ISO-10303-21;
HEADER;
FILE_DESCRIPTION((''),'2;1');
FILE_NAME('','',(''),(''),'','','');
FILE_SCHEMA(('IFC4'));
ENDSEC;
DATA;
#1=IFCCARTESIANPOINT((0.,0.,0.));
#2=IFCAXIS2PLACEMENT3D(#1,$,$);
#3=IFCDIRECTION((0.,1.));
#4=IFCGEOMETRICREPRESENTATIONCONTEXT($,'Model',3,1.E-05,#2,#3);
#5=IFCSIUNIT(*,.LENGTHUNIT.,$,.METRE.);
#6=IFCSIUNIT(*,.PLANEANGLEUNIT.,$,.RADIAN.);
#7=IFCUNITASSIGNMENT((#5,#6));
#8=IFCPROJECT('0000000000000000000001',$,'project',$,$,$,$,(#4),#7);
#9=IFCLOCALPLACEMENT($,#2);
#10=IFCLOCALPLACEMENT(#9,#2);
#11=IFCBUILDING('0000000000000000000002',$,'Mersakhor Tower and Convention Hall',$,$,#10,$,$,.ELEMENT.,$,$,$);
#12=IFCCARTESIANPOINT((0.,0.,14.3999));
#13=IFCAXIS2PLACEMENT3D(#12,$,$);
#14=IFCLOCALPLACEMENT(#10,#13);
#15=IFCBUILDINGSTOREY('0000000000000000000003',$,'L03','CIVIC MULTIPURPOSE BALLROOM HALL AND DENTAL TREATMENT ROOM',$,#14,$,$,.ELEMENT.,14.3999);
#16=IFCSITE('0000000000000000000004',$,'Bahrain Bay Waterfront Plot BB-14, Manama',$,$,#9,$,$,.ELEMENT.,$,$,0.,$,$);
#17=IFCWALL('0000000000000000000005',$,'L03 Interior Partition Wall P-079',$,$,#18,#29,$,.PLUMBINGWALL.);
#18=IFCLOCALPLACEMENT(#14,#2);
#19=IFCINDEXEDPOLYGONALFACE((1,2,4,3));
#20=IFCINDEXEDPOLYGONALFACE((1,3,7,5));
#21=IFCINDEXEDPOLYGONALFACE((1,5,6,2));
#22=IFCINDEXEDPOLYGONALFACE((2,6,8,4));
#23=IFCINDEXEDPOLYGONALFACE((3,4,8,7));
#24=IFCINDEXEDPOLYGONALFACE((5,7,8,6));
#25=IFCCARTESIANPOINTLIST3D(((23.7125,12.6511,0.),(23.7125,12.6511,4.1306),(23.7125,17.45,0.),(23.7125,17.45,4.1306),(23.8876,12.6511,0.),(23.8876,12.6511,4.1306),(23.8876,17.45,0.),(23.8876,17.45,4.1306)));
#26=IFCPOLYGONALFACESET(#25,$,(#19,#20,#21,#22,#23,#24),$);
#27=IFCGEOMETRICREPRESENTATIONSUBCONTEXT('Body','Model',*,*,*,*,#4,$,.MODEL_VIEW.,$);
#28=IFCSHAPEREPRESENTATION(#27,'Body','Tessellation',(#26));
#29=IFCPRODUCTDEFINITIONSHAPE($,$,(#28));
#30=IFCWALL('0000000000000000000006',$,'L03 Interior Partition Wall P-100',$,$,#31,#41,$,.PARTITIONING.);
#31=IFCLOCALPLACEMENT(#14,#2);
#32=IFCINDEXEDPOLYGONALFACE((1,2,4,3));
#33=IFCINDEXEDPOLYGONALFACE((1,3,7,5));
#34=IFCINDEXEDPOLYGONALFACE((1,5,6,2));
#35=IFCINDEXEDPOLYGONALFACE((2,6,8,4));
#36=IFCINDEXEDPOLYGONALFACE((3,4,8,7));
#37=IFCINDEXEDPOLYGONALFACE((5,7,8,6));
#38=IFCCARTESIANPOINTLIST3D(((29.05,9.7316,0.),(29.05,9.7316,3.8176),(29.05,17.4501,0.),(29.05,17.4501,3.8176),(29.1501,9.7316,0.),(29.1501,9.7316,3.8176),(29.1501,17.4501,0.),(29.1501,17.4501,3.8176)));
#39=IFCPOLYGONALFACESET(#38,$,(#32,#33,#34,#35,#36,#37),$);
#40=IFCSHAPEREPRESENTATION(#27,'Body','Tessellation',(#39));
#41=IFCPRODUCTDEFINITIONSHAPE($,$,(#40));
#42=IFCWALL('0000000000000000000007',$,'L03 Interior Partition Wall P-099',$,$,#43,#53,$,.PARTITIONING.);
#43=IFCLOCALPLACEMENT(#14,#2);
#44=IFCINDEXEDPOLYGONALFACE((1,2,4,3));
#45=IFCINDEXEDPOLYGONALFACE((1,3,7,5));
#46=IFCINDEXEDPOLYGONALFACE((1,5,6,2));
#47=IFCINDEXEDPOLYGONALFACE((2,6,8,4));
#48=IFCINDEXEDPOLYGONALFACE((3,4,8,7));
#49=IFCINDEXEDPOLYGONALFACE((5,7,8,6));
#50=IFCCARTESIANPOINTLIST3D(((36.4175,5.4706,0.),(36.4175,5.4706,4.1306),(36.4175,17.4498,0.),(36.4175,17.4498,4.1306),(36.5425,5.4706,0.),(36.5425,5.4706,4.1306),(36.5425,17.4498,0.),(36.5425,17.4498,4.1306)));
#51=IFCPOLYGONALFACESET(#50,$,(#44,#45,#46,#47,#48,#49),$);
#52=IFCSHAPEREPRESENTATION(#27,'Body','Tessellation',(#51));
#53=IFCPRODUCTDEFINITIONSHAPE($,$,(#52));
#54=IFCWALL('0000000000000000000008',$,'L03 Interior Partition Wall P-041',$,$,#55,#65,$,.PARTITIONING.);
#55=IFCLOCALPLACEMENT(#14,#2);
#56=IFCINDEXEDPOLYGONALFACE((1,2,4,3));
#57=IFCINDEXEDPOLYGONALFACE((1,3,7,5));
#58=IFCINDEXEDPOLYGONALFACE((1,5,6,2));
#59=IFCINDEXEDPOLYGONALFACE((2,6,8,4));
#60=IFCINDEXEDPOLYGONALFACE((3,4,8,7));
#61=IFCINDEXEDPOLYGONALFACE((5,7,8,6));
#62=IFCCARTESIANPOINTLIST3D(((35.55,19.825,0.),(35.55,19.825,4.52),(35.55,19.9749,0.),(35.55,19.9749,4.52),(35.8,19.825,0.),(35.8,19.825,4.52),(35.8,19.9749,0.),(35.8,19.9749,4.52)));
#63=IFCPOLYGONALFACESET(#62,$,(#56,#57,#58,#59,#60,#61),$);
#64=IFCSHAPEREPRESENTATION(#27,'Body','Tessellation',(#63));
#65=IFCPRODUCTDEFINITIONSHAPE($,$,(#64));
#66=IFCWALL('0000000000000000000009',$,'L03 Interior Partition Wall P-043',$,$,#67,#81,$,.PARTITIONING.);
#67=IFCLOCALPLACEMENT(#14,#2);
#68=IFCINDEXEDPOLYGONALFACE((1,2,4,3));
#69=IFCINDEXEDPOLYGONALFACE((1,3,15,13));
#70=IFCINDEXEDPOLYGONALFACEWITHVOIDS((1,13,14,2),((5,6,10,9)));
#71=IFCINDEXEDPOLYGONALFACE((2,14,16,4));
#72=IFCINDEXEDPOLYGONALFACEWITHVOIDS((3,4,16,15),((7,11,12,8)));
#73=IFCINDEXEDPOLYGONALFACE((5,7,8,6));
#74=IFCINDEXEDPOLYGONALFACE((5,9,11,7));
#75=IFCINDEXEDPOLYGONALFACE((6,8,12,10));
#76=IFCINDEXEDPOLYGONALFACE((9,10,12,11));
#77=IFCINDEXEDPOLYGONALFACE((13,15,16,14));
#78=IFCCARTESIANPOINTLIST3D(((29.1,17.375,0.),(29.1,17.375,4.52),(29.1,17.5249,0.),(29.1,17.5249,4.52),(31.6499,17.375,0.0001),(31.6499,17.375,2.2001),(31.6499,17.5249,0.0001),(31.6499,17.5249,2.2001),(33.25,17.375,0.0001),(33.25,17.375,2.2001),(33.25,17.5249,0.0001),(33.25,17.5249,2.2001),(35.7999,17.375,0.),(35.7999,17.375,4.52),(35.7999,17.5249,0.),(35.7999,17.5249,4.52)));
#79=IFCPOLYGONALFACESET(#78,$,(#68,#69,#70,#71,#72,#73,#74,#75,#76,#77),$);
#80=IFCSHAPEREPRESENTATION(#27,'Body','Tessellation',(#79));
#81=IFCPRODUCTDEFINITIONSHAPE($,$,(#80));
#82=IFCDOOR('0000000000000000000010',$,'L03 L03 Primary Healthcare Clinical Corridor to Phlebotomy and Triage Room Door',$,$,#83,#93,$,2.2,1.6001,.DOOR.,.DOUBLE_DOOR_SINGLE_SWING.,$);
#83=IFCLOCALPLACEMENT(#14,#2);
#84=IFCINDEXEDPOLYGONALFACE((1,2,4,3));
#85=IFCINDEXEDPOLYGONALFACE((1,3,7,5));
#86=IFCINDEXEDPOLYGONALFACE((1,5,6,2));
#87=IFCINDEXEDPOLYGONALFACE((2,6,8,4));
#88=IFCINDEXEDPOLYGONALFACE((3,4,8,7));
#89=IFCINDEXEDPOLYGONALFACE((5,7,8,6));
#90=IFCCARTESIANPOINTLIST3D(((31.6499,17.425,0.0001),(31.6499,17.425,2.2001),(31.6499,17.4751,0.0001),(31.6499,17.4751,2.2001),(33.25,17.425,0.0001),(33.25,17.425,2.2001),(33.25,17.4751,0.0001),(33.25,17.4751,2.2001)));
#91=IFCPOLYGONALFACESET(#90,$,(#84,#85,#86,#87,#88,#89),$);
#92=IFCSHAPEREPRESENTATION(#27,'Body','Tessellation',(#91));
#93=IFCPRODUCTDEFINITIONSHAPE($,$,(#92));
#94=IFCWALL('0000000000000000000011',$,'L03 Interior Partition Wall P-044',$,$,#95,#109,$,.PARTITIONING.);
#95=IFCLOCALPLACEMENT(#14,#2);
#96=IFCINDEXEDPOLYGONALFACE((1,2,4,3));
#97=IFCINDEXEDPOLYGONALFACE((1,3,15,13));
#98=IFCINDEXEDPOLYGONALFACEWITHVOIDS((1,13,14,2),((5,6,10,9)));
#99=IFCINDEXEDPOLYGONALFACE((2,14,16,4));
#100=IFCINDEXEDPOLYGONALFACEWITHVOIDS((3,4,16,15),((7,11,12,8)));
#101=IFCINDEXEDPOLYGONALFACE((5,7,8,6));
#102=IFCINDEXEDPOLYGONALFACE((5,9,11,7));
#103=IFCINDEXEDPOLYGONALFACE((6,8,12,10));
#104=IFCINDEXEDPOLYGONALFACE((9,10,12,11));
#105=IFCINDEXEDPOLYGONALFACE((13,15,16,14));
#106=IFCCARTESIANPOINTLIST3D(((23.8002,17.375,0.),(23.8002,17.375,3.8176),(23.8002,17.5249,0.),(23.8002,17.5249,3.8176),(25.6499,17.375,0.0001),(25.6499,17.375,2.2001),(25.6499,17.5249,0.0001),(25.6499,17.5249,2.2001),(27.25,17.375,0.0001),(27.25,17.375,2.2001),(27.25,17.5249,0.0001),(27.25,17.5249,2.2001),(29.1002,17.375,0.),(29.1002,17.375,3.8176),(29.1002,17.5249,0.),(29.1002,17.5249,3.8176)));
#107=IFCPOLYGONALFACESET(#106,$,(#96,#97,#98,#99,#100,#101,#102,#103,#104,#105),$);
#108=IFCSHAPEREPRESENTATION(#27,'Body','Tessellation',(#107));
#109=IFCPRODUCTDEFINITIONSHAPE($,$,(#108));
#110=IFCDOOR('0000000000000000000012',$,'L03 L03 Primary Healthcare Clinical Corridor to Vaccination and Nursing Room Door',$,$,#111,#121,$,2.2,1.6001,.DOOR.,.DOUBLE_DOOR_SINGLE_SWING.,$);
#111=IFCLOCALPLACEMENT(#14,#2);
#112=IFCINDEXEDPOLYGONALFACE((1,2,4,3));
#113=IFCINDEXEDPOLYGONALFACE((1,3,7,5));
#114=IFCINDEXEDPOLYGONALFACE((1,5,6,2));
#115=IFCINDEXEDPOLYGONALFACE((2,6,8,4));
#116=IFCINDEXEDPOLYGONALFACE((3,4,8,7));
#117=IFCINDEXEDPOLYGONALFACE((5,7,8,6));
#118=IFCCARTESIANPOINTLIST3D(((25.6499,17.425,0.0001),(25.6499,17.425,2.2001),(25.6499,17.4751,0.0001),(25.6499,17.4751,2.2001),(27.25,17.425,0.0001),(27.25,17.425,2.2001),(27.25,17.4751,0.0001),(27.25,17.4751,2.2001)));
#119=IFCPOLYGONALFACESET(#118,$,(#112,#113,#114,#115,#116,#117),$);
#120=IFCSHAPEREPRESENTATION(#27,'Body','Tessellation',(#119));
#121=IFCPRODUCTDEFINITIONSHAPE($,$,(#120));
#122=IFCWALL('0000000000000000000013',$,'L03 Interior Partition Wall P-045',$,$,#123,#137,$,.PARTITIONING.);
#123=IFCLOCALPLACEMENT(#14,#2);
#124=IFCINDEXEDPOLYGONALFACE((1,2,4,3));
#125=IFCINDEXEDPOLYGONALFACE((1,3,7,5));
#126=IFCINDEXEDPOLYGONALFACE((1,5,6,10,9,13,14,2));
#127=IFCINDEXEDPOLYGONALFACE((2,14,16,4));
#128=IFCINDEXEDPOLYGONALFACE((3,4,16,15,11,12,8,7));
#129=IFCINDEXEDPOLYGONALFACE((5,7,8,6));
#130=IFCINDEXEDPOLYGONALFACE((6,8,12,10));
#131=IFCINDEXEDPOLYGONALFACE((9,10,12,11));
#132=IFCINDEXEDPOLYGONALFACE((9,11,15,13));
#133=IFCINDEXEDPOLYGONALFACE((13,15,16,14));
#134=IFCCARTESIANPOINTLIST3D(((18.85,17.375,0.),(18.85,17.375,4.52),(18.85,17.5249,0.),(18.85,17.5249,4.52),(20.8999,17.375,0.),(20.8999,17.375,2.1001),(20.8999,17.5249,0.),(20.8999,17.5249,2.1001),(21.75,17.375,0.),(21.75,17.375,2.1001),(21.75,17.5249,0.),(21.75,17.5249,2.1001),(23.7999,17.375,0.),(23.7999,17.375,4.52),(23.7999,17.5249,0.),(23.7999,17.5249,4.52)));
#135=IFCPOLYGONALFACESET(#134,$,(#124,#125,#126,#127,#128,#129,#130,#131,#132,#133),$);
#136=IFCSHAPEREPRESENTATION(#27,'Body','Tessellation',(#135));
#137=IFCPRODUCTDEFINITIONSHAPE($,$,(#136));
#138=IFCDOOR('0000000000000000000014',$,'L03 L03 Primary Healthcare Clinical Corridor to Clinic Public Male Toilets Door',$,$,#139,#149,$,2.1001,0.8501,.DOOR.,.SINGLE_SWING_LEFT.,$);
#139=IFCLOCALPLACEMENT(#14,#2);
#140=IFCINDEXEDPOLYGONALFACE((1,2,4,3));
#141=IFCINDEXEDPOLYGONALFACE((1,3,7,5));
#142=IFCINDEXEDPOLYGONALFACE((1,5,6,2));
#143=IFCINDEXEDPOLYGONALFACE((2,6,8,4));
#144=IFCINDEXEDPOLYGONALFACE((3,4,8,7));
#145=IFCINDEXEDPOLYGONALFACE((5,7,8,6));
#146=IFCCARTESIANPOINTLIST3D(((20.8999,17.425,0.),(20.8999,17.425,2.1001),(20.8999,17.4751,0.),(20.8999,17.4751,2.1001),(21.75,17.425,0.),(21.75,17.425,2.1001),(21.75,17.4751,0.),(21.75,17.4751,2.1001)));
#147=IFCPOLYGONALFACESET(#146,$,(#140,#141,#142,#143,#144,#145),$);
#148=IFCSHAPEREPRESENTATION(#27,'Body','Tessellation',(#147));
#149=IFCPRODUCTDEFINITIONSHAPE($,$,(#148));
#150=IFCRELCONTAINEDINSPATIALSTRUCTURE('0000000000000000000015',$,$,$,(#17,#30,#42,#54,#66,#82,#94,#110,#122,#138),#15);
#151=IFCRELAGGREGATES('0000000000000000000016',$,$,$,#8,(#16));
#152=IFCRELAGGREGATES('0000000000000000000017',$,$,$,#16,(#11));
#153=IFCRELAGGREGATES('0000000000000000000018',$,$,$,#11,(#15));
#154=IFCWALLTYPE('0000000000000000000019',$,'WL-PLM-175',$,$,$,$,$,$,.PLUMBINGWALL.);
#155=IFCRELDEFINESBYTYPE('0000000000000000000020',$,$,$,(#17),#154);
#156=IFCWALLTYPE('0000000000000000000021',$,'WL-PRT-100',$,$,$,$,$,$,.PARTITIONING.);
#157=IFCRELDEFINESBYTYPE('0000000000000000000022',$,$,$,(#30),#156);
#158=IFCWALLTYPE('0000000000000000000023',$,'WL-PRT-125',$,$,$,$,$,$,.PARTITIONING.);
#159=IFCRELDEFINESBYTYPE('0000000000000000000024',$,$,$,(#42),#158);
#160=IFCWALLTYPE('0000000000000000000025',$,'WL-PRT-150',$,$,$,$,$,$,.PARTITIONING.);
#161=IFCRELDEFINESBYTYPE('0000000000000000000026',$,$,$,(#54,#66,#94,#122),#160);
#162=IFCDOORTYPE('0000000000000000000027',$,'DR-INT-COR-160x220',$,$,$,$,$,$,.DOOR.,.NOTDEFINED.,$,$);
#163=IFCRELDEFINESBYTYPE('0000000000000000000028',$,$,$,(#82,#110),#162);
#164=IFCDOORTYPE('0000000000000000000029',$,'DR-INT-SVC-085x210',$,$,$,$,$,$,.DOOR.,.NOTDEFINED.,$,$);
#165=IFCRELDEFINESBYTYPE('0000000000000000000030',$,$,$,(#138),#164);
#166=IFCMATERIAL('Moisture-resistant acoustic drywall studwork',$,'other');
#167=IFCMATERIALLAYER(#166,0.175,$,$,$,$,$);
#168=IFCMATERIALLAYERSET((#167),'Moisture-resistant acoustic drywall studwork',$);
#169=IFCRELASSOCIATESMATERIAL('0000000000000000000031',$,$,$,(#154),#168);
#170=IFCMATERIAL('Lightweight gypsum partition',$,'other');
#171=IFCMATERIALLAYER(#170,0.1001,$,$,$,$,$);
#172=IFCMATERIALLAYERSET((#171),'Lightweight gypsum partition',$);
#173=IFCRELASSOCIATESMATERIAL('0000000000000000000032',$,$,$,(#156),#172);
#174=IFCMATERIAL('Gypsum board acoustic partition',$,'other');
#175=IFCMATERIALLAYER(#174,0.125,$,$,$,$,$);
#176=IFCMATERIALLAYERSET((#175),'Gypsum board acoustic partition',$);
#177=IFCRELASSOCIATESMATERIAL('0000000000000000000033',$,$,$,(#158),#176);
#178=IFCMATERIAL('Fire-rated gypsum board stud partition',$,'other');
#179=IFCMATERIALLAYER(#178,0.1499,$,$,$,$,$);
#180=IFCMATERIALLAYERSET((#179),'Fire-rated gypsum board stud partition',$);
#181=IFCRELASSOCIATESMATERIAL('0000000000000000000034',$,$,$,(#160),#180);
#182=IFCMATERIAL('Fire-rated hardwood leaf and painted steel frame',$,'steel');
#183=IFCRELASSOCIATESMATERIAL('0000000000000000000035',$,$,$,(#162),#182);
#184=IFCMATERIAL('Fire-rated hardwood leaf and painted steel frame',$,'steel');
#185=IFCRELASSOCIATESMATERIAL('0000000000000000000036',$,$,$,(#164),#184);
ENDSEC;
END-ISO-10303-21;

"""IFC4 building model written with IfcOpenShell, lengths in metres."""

from ifc_helpers import new_model, si_unit, direction, frame, frame_2d, origin, place, context, subcontext, project, spatial, rectangle, extrude, material, layer, layer_set, type_object, element, fill, save


model = new_model("IFC4")

# Units and contexts
model_context = context("Model", 3, precision=1e-05, world=origin(), true_north=direction((0.0, 1.0)))
body_context = subcontext(model_context, "Body", "Model", "MODEL_VIEW")
ifc_project = project(units=[si_unit("LENGTHUNIT", "METRE"), si_unit("PLANEANGLEUNIT", "RADIAN")], contexts=[model_context])

# Site, building, storey
site_placement = place(None, origin())
site = spatial("IfcSite", under=ifc_project, at=site_placement, Name="Bahrain Bay Waterfront Plot BB-14, Manama", CompositionType="ELEMENT", RefElevation=0.0)
building_placement = place(site_placement, origin())
building = spatial("IfcBuilding", under=site, at=building_placement, Name="Mersakhor Tower and Convention Hall", CompositionType="ELEMENT")
storey_placement = place(building_placement, frame((0.0, 0.0, 14.3999)))
storey = spatial("IfcBuildingStorey", under=building, at=storey_placement, Name="L03", Description="CIVIC MULTIPURPOSE BALLROOM HALL AND DENTAL TREATMENT ROOM", CompositionType="ELEMENT", Elevation=14.3999)

# Walls
ifc_material_1 = material(Name="Moisture-resistant acoustic drywall studwork", Category="other")
ifc_layer_1 = layer(ifc_material_1, 0.175)
ifc_layer_set_1 = layer_set([ifc_layer_1], Name="Moisture-resistant acoustic drywall studwork")
wall_type_1 = type_object("IfcWallType", Name="WL-PLM-175", PredefinedType="PLUMBINGWALL", material=ifc_layer_set_1)
wall_1_placement = place(storey_placement, frame((23.8, 17.45, 0.0), z_axis=(0.0, 0.0, 1.0), x_axis=(0.0, -1.0, 0.0)))
element("IfcWall", 1, at=wall_1_placement, inside=storey, type_object=wall_type_1, Name="L03 Interior Partition Wall P-079", PredefinedType="PLUMBINGWALL", context=body_context, shape_type="SweptSolid", body=[
    extrude(rectangle(XDim=4.7988, YDim=0.175, at=frame_2d((2.3994, 0.0))), origin(), (0.0, 0.0, 1.0), 4.1306),
])
ifc_material_2 = material(Name="Lightweight gypsum partition", Category="other")
ifc_layer_2 = layer(ifc_material_2, 0.1001)
ifc_layer_set_2 = layer_set([ifc_layer_2], Name="Lightweight gypsum partition")
wall_type_2 = type_object("IfcWallType", Name="WL-PRT-100", PredefinedType="PARTITIONING", material=ifc_layer_set_2)
wall_2_placement = place(storey_placement, frame((29.1001, 9.7314, 0.0), z_axis=(0.0, 0.0, 1.0), x_axis=(0.0, 1.0, 0.0)))
element("IfcWall", 2, at=wall_2_placement, inside=storey, type_object=wall_type_2, Name="L03 Interior Partition Wall P-100", PredefinedType="PARTITIONING", context=body_context, shape_type="SweptSolid", body=[
    extrude(rectangle(XDim=7.7185, YDim=0.1001, at=frame_2d((3.8594, 0.0))), origin(), (0.0, 0.0, 1.0), 3.8176),
])
ifc_material_3 = material(Name="Gypsum board acoustic partition", Category="other")
ifc_layer_3 = layer(ifc_material_3, 0.125)
ifc_layer_set_3 = layer_set([ifc_layer_3], Name="Gypsum board acoustic partition")
wall_type_3 = type_object("IfcWallType", Name="WL-PRT-125", PredefinedType="PARTITIONING", material=ifc_layer_set_3)
wall_3_placement = place(storey_placement, frame((36.48, 17.45, 0.0), z_axis=(0.0, 0.0, 1.0), x_axis=(0.0, -1.0, 0.0)))
element("IfcWall", 3, at=wall_3_placement, inside=storey, type_object=wall_type_3, Name="L03 Interior Partition Wall P-099", PredefinedType="PARTITIONING", context=body_context, shape_type="SweptSolid", body=[
    extrude(rectangle(XDim=11.9792, YDim=0.125, at=frame_2d((5.9897, 0.0))), origin(), (0.0, 0.0, 1.0), 4.1306),
])
ifc_material_4 = material(Name="Fire-rated gypsum board stud partition", Category="other")
ifc_layer_4 = layer(ifc_material_4, 0.1499)
ifc_layer_set_4 = layer_set([ifc_layer_4], Name="Fire-rated gypsum board stud partition")
wall_type_4 = type_object("IfcWallType", Name="WL-PRT-150", PredefinedType="PARTITIONING", material=ifc_layer_set_4)
wall_4_placement = place(storey_placement, frame((35.55, 19.8999, 0.0), z_axis=(0.0, 0.0, 1.0), x_axis=(1.0, 0.0, 0.0)))
element("IfcWall", 4, at=wall_4_placement, inside=storey, type_object=wall_type_4, Name="L03 Interior Partition Wall P-041", PredefinedType="PARTITIONING", context=body_context, shape_type="SweptSolid", body=[
    extrude(rectangle(XDim=0.25, YDim=0.1499, at=frame_2d((0.125, 0.0))), origin(), (0.0, 0.0, 1.0), 4.52),
])

# Walls, openings, doors
wall_5_placement = place(storey_placement, frame((35.8, 17.45, 0.0), z_axis=(0.0, 0.0, 1.0), x_axis=(-1.0, 0.0, 0.0)))
wall_5 = element("IfcWall", 5, at=wall_5_placement, inside=storey, type_object=wall_type_4, Name="L03 Interior Partition Wall P-043", PredefinedType="PARTITIONING", context=body_context, shape_type="SweptSolid", body=[
    extrude(rectangle(XDim=6.7, YDim=0.1499, at=frame_2d((3.3501, 0.0))), origin(), (0.0, 0.0, 1.0), 4.52),
])
opening_1_placement = place(wall_5_placement, frame((2.55, 0.0, 0.0)))
opening_1 = element("IfcOpeningElement", 6, at=opening_1_placement, cuts=wall_5, PredefinedType="OPENING", context=body_context, shape_type="SweptSolid", body=[
    extrude(rectangle(XDim=1.6001, YDim=2.2, at=frame_2d((0.8, 1.1001))), frame((0.0, 0.085, 0.0), z_axis=(0.0, -1.0, 0.0), x_axis=(1.0, 0.0, 0.0)), (0.0, 0.0, 1.0), 0.1699),
])
ifc_material_5 = material(Name="Fire-rated hardwood leaf and painted steel frame", Category="steel")
door_type_1 = type_object("IfcDoorType", Name="DR-INT-COR-160x220", OperationType="NOTDEFINED", PredefinedType="DOOR", material=ifc_material_5)
door_1_placement = place(opening_1_placement, origin())
door_1 = element("IfcDoor", 7, at=door_1_placement, inside=storey, type_object=door_type_1, Name="L03 L03 Primary Healthcare Clinical Corridor to Phlebotomy and Triage Room Door", OperationType="DOUBLE_DOOR_SINGLE_SWING", OverallHeight=2.2, OverallWidth=1.6001, PredefinedType="DOOR", context=body_context, shape_type="SweptSolid", body=[
    extrude(rectangle(XDim=1.6001, YDim=2.2, at=frame_2d((0.8, 1.1001))), frame((0.0, 0.0249, 0.0), z_axis=(0.0, -1.0, 0.0), x_axis=(1.0, 0.0, 0.0)), (0.0, 0.0, 1.0), 0.05),
])
fill(opening_1, door_1)
wall_6_placement = place(storey_placement, frame((29.1001, 17.45, 0.0), z_axis=(0.0, 0.0, 1.0), x_axis=(-1.0, 0.0, 0.0)))
wall_6 = element("IfcWall", 8, at=wall_6_placement, inside=storey, type_object=wall_type_4, Name="L03 Interior Partition Wall P-044", PredefinedType="PARTITIONING", context=body_context, shape_type="SweptSolid", body=[
    extrude(rectangle(XDim=5.3, YDim=0.1499, at=frame_2d((2.6499, 0.0))), origin(), (0.0, 0.0, 1.0), 3.8176),
])
opening_2_placement = place(wall_6_placement, frame((1.8501, 0.0, 0.0)))
opening_2 = element("IfcOpeningElement", 9, at=opening_2_placement, cuts=wall_6, PredefinedType="OPENING", context=body_context, shape_type="SweptSolid", body=[
    extrude(rectangle(XDim=1.6001, YDim=2.2, at=frame_2d((0.8, 1.1001))), frame((0.0, 0.085, 0.0), z_axis=(0.0, -1.0, 0.0), x_axis=(1.0, 0.0, 0.0)), (0.0, 0.0, 1.0), 0.1699),
])
door_2_placement = place(opening_2_placement, origin())
door_2 = element("IfcDoor", 10, at=door_2_placement, inside=storey, type_object=door_type_1, Name="L03 L03 Primary Healthcare Clinical Corridor to Vaccination and Nursing Room Door", OperationType="DOUBLE_DOOR_SINGLE_SWING", OverallHeight=2.2, OverallWidth=1.6001, PredefinedType="DOOR", context=body_context, shape_type="SweptSolid", body=[
    extrude(rectangle(XDim=1.6001, YDim=2.2, at=frame_2d((0.8, 1.1001))), frame((0.0, 0.0249, 0.0), z_axis=(0.0, -1.0, 0.0), x_axis=(1.0, 0.0, 0.0)), (0.0, 0.0, 1.0), 0.05),
])
fill(opening_2, door_2)
wall_7_placement = place(storey_placement, frame((23.8, 17.45, 0.0), z_axis=(0.0, 0.0, 1.0), x_axis=(-1.0, 0.0, 0.0)))
wall_7 = element("IfcWall", 11, at=wall_7_placement, inside=storey, type_object=wall_type_4, Name="L03 Interior Partition Wall P-045", PredefinedType="PARTITIONING", context=body_context, shape_type="SweptSolid", body=[
    extrude(rectangle(XDim=4.95, YDim=0.1499, at=frame_2d((2.4751, 0.0))), origin(), (0.0, 0.0, 1.0), 4.52),
])
opening_3_placement = place(wall_7_placement, frame((2.05, 0.0, 0.0)))
opening_3 = element("IfcOpeningElement", 12, at=opening_3_placement, cuts=wall_7, PredefinedType="OPENING", context=body_context, shape_type="SweptSolid", body=[
    extrude(rectangle(XDim=0.8501, YDim=2.1001, at=frame_2d((0.425, 1.05))), frame((0.0, 0.085, 0.0), z_axis=(0.0, -1.0, 0.0), x_axis=(1.0, 0.0, 0.0)), (0.0, 0.0, 1.0), 0.1699),
])
ifc_material_6 = material(Name="Fire-rated hardwood leaf and painted steel frame", Category="steel")
door_type_2 = type_object("IfcDoorType", Name="DR-INT-SVC-085x210", OperationType="NOTDEFINED", PredefinedType="DOOR", material=ifc_material_6)
door_3_placement = place(opening_3_placement, origin())
door_3 = element("IfcDoor", 13, at=door_3_placement, inside=storey, type_object=door_type_2, Name="L03 L03 Primary Healthcare Clinical Corridor to Clinic Public Male Toilets Door", OperationType="SINGLE_SWING_LEFT", OverallHeight=2.1001, OverallWidth=0.8501, PredefinedType="DOOR", context=body_context, shape_type="SweptSolid", body=[
    extrude(rectangle(XDim=0.8501, YDim=2.1001, at=frame_2d((0.425, 1.05))), frame((0.0, 0.0249, 0.0), z_axis=(0.0, -1.0, 0.0), x_axis=(1.0, 0.0, 0.0)), (0.0, 0.0, 1.0), 0.05),
])
fill(opening_3, door_3)

save(model, "model.ifc")
